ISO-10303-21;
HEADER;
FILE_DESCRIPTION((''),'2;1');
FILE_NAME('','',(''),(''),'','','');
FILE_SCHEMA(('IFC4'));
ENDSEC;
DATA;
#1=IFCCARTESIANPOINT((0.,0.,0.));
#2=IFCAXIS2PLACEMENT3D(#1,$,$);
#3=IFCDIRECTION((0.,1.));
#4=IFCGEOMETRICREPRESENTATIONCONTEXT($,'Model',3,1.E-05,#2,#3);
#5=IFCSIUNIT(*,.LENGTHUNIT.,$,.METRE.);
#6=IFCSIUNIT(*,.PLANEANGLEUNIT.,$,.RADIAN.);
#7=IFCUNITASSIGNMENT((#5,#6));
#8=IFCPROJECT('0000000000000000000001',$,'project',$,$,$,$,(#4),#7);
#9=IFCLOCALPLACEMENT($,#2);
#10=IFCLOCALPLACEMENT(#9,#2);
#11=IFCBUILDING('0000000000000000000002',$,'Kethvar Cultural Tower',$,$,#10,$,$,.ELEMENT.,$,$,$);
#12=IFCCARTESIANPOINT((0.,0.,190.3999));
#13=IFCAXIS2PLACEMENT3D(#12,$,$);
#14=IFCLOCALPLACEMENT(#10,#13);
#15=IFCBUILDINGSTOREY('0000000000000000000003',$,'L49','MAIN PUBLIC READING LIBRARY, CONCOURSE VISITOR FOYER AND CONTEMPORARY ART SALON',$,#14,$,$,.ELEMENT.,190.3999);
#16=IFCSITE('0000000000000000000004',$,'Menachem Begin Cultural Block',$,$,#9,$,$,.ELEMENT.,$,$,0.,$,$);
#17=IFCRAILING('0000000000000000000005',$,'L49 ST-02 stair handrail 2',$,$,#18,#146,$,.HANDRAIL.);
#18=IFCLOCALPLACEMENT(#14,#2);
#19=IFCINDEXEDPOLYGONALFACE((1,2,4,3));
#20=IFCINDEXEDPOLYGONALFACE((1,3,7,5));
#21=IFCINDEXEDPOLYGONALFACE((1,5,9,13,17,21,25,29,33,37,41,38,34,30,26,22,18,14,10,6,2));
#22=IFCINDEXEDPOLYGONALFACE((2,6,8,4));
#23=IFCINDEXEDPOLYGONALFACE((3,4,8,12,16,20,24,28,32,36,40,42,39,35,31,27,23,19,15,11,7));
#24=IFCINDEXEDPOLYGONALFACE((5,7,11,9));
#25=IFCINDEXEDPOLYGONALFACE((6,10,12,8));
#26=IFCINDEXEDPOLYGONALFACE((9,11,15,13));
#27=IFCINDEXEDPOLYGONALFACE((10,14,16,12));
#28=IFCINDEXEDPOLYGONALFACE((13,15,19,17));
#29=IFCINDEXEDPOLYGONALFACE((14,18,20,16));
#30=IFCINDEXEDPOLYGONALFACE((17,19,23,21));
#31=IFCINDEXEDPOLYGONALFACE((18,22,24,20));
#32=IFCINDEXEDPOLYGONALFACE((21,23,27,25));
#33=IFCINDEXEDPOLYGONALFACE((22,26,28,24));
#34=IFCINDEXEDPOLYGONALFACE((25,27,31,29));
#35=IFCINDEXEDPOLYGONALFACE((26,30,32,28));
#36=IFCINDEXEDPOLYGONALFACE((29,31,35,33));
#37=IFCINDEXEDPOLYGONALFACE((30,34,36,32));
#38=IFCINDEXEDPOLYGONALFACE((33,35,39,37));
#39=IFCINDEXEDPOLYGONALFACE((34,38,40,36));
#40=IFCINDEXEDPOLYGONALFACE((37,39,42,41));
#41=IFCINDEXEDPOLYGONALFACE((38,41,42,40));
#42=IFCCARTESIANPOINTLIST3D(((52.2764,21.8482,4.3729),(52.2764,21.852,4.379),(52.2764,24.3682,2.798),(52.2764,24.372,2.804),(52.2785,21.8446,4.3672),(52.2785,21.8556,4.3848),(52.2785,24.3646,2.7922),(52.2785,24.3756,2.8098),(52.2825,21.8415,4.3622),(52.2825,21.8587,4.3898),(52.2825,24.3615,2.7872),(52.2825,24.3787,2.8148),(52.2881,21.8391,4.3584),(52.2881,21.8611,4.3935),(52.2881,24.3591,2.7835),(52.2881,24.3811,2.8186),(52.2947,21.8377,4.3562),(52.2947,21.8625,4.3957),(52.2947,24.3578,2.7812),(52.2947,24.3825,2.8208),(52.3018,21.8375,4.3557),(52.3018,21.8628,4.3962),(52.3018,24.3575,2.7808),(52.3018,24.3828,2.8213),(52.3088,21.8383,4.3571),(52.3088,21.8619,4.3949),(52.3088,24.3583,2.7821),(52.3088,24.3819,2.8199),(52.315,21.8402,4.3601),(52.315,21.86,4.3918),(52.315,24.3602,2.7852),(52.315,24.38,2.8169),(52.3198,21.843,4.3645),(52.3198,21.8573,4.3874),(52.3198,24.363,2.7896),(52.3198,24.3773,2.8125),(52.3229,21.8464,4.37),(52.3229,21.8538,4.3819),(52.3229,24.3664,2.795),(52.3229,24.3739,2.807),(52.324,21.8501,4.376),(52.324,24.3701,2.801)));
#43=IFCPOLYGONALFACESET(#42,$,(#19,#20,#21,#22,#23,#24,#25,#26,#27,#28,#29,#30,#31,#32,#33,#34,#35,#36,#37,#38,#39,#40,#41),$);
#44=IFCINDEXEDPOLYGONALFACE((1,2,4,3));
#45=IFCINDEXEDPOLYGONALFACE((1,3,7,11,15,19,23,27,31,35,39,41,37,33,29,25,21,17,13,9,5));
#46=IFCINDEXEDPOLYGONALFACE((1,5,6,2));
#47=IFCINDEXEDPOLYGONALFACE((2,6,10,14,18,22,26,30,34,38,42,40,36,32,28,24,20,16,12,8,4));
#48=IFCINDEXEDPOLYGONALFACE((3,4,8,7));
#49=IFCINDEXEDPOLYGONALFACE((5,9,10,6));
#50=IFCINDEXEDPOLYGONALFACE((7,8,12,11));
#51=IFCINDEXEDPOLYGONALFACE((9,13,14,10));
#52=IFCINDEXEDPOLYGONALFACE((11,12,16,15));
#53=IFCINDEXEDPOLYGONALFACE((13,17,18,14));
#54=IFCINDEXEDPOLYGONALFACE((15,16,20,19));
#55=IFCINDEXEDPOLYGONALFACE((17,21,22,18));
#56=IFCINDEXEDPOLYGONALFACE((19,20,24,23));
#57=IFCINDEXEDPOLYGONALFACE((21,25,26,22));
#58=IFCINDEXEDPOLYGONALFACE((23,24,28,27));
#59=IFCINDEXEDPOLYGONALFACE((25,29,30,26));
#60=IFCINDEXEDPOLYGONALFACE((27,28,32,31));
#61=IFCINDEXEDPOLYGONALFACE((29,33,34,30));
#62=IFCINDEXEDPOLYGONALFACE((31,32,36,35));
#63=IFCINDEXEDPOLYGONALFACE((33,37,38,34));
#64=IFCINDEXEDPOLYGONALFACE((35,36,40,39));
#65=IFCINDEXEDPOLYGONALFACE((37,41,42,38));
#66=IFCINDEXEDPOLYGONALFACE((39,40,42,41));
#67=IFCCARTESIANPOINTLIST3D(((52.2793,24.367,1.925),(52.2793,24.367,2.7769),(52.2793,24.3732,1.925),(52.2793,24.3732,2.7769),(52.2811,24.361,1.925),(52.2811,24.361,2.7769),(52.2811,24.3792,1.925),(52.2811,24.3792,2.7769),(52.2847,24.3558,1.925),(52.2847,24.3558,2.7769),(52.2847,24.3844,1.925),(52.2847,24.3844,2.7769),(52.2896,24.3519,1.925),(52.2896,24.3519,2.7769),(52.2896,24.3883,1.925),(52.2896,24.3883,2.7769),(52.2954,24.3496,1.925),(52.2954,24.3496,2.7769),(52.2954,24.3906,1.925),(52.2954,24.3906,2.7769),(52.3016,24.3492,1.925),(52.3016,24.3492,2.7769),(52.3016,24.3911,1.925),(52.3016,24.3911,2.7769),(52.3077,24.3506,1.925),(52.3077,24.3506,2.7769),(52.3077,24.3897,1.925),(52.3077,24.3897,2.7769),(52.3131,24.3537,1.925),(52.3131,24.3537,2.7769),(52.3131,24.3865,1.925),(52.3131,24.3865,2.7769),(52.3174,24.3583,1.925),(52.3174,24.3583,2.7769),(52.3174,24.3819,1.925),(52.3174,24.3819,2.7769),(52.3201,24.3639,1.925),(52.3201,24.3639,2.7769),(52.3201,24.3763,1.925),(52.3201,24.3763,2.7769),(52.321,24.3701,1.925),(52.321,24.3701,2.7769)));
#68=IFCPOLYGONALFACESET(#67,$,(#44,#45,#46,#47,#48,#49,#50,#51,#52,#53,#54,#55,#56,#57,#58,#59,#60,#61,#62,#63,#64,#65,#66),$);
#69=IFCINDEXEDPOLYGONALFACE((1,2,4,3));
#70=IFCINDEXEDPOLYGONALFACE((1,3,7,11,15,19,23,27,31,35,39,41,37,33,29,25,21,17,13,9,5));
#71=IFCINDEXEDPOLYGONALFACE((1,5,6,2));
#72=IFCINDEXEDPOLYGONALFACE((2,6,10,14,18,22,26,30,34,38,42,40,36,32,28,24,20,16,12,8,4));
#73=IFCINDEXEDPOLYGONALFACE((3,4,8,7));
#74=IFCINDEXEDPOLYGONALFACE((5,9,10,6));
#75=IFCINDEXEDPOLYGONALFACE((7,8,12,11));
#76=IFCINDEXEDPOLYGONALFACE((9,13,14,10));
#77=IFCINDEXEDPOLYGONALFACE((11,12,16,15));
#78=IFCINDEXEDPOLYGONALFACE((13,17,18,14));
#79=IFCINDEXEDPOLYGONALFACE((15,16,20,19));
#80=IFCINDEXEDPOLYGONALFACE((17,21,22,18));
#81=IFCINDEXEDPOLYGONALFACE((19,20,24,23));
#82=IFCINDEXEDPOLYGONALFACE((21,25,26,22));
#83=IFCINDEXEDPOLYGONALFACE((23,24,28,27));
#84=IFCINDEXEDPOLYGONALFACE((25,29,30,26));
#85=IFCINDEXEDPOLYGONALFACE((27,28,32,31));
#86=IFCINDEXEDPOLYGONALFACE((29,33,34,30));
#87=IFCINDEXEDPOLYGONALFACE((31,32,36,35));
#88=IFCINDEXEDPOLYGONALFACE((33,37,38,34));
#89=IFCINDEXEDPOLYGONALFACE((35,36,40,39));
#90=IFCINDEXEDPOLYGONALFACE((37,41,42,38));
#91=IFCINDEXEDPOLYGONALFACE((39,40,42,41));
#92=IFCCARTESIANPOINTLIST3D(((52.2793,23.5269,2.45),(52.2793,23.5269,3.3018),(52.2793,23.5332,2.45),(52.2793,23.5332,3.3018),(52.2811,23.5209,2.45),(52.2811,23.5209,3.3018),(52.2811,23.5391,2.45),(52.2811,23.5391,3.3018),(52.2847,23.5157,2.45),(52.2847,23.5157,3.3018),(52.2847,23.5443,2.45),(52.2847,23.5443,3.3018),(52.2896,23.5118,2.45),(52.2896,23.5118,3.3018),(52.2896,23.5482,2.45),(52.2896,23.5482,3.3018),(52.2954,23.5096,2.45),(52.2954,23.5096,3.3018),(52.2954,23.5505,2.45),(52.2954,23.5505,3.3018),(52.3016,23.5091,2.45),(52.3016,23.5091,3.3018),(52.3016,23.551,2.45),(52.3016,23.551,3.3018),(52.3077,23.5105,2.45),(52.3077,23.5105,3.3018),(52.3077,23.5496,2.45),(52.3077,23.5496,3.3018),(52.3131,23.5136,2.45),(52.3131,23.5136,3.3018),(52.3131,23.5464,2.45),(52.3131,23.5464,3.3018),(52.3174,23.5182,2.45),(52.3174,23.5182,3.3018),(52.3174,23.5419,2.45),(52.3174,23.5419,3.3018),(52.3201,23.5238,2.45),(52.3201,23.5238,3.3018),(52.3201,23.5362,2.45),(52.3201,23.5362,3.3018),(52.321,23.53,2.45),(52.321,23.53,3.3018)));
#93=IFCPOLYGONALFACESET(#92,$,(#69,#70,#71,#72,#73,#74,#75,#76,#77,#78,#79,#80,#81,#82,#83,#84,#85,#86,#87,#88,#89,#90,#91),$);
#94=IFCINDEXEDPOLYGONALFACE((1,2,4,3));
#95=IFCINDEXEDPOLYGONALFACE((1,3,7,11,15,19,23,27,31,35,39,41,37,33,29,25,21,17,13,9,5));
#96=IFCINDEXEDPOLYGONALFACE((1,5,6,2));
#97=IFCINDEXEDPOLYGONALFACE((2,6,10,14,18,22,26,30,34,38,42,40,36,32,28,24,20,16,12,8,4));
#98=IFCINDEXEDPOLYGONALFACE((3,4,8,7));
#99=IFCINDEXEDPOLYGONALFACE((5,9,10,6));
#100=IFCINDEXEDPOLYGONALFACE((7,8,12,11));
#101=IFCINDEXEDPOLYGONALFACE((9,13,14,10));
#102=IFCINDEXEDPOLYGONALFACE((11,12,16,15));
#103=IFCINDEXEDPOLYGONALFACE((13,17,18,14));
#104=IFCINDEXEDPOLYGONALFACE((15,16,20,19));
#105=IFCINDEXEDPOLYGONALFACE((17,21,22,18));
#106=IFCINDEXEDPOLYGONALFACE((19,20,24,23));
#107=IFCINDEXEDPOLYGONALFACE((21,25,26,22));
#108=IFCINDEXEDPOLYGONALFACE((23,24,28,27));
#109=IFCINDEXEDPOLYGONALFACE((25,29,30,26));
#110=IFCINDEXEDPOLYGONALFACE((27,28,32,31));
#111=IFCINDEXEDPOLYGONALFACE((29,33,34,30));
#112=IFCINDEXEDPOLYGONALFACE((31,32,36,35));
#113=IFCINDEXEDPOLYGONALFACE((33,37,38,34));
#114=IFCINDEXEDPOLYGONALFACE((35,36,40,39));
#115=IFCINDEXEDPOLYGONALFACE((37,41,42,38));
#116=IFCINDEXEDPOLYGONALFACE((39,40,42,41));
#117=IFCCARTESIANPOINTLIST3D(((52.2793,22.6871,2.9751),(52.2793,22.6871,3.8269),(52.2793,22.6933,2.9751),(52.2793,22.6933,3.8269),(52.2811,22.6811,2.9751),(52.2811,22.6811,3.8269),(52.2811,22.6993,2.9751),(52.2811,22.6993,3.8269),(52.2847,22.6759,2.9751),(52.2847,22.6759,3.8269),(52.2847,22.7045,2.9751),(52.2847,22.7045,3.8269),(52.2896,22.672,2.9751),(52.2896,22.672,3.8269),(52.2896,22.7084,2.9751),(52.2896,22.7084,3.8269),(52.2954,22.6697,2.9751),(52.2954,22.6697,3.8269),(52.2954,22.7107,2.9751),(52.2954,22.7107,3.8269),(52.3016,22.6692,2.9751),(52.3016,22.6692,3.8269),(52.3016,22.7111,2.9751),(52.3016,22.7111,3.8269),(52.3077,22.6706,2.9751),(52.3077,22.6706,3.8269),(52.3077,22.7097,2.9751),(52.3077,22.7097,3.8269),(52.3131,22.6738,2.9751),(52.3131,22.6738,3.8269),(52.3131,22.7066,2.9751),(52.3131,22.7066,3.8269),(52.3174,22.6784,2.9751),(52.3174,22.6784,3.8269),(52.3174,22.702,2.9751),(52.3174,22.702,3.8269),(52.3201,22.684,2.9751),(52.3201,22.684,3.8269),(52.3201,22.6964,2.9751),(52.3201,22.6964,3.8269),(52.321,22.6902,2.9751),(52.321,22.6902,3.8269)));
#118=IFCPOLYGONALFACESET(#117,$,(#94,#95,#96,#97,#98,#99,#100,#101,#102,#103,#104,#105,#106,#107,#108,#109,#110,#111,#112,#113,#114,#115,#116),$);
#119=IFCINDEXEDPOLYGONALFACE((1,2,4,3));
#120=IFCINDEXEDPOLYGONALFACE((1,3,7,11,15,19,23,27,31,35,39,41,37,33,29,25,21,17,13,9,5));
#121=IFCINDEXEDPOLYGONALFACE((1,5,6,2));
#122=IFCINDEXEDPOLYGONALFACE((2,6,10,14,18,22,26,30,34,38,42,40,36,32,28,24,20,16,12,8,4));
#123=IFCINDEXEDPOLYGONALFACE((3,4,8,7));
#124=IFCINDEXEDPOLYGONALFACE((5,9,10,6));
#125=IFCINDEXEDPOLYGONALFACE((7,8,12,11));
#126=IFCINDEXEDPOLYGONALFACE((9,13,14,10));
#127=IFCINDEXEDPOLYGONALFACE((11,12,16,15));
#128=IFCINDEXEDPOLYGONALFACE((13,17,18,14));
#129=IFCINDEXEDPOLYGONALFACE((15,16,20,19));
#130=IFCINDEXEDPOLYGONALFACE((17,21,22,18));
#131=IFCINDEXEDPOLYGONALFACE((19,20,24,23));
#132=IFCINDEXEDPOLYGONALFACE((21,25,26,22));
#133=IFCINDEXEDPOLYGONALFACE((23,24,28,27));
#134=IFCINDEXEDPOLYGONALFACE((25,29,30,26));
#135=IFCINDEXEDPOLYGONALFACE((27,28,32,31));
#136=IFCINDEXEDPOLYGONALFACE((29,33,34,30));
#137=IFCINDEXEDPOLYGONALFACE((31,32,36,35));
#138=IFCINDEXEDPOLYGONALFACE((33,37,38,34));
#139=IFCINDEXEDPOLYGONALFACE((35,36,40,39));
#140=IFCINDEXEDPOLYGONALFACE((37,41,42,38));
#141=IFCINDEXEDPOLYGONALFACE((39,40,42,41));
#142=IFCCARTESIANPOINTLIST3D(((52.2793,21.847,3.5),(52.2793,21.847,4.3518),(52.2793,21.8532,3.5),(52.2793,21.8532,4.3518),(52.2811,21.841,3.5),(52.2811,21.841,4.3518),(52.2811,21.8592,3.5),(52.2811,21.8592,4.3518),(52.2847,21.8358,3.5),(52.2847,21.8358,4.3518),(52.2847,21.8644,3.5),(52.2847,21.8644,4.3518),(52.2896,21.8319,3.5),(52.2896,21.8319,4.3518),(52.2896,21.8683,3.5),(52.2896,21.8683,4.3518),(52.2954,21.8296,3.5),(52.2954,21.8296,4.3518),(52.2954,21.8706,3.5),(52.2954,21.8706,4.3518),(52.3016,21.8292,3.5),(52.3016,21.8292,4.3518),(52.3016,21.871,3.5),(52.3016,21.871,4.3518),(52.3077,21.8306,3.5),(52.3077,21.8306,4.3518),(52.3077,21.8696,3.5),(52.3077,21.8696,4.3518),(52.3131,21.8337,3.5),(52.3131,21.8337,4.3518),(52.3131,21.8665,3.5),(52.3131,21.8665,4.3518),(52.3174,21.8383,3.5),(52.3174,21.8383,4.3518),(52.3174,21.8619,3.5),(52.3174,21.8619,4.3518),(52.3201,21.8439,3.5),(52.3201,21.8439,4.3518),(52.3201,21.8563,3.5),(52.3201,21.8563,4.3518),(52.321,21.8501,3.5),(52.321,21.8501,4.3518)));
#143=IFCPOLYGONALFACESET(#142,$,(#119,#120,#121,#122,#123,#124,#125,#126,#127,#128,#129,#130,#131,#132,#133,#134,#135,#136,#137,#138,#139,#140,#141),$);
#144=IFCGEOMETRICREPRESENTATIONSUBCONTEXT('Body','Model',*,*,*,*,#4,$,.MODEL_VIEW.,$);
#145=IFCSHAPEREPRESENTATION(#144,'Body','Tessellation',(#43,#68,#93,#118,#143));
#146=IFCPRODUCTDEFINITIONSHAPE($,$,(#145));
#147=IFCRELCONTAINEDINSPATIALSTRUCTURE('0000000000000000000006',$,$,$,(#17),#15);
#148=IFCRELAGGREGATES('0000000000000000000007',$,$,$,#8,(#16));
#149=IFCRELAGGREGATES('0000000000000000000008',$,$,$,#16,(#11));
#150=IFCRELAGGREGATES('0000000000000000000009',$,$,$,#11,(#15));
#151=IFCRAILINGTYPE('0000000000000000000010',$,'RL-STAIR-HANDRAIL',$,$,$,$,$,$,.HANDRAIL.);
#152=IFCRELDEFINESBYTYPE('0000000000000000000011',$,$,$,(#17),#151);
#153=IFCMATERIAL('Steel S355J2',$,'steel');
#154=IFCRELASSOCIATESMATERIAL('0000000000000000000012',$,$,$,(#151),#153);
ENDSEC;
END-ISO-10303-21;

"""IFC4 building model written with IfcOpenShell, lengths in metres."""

from ifc_helpers import new_model, si_unit, direction, frame, origin, origin_2d, place, context, subcontext, project, spatial, circle, extrude, material, type_object, element, save


model = new_model("IFC4")

# Units and contexts
model_context = context("Model", 3, precision=1e-05, world=origin(), true_north=direction((0.0, 1.0)))
body_context = subcontext(model_context, "Body", "Model", "MODEL_VIEW")
ifc_project = project(units=[si_unit("LENGTHUNIT", "METRE"), si_unit("PLANEANGLEUNIT", "RADIAN")], contexts=[model_context])

# Site, building, storey
site_placement = place(None, origin())
site = spatial("IfcSite", under=ifc_project, at=site_placement, Name="Menachem Begin Cultural Block", CompositionType="ELEMENT", RefElevation=0.0)
building_placement = place(site_placement, origin())
building = spatial("IfcBuilding", under=site, at=building_placement, Name="Kethvar Cultural Tower", CompositionType="ELEMENT")
storey_placement = place(building_placement, frame((0.0, 0.0, 190.3999)))
storey = spatial("IfcBuildingStorey", under=building, at=storey_placement, Name="L49", Description="MAIN PUBLIC READING LIBRARY, CONCOURSE VISITOR FOYER AND CONTEMPORARY ART SALON", CompositionType="ELEMENT", Elevation=190.3999)

# Shared definitions
ifc_material_1 = material(Name="Steel S355J2", Category="steel")

# Railing
railing_type_1 = type_object("IfcRailingType", Name="RL-STAIR-HANDRAIL", PredefinedType="HANDRAIL", material=ifc_material_1)
railing_1_placement = place(storey_placement, frame((52.3, 24.3701, 1.925)))
element("IfcRailing", 1, at=railing_1_placement, inside=storey, type_object=railing_type_1, Name="L49 ST-02 stair handrail 2", PredefinedType="HANDRAIL", context=body_context, shape_type="SweptSolid", body=[
    extrude(circle(Radius=0.0239, at=origin_2d()), frame((0.0, 0.0, 0.876), z_axis=(0.0, -0.848008, 0.529984), x_axis=(1.0, 0.0, 0.0)), (0.0, 0.0, 1.0), 2.9717),
    extrude(circle(Radius=0.021, at=origin_2d()), origin(), (0.0, 0.0, 1.0), 0.8518),
    extrude(circle(Radius=0.021, at=origin_2d()), frame((0.0, -0.8401, 0.5249)), (0.0, 0.0, 1.0), 0.8518),
    extrude(circle(Radius=0.021, at=origin_2d()), frame((0.0, -1.6799, 1.05)), (0.0, 0.0, 1.0), 0.8518),
    extrude(circle(Radius=0.021, at=origin_2d()), frame((0.0, -2.52, 1.575)), (0.0, 0.0, 1.0), 0.8518),
])

save(model, "model.ifc")
